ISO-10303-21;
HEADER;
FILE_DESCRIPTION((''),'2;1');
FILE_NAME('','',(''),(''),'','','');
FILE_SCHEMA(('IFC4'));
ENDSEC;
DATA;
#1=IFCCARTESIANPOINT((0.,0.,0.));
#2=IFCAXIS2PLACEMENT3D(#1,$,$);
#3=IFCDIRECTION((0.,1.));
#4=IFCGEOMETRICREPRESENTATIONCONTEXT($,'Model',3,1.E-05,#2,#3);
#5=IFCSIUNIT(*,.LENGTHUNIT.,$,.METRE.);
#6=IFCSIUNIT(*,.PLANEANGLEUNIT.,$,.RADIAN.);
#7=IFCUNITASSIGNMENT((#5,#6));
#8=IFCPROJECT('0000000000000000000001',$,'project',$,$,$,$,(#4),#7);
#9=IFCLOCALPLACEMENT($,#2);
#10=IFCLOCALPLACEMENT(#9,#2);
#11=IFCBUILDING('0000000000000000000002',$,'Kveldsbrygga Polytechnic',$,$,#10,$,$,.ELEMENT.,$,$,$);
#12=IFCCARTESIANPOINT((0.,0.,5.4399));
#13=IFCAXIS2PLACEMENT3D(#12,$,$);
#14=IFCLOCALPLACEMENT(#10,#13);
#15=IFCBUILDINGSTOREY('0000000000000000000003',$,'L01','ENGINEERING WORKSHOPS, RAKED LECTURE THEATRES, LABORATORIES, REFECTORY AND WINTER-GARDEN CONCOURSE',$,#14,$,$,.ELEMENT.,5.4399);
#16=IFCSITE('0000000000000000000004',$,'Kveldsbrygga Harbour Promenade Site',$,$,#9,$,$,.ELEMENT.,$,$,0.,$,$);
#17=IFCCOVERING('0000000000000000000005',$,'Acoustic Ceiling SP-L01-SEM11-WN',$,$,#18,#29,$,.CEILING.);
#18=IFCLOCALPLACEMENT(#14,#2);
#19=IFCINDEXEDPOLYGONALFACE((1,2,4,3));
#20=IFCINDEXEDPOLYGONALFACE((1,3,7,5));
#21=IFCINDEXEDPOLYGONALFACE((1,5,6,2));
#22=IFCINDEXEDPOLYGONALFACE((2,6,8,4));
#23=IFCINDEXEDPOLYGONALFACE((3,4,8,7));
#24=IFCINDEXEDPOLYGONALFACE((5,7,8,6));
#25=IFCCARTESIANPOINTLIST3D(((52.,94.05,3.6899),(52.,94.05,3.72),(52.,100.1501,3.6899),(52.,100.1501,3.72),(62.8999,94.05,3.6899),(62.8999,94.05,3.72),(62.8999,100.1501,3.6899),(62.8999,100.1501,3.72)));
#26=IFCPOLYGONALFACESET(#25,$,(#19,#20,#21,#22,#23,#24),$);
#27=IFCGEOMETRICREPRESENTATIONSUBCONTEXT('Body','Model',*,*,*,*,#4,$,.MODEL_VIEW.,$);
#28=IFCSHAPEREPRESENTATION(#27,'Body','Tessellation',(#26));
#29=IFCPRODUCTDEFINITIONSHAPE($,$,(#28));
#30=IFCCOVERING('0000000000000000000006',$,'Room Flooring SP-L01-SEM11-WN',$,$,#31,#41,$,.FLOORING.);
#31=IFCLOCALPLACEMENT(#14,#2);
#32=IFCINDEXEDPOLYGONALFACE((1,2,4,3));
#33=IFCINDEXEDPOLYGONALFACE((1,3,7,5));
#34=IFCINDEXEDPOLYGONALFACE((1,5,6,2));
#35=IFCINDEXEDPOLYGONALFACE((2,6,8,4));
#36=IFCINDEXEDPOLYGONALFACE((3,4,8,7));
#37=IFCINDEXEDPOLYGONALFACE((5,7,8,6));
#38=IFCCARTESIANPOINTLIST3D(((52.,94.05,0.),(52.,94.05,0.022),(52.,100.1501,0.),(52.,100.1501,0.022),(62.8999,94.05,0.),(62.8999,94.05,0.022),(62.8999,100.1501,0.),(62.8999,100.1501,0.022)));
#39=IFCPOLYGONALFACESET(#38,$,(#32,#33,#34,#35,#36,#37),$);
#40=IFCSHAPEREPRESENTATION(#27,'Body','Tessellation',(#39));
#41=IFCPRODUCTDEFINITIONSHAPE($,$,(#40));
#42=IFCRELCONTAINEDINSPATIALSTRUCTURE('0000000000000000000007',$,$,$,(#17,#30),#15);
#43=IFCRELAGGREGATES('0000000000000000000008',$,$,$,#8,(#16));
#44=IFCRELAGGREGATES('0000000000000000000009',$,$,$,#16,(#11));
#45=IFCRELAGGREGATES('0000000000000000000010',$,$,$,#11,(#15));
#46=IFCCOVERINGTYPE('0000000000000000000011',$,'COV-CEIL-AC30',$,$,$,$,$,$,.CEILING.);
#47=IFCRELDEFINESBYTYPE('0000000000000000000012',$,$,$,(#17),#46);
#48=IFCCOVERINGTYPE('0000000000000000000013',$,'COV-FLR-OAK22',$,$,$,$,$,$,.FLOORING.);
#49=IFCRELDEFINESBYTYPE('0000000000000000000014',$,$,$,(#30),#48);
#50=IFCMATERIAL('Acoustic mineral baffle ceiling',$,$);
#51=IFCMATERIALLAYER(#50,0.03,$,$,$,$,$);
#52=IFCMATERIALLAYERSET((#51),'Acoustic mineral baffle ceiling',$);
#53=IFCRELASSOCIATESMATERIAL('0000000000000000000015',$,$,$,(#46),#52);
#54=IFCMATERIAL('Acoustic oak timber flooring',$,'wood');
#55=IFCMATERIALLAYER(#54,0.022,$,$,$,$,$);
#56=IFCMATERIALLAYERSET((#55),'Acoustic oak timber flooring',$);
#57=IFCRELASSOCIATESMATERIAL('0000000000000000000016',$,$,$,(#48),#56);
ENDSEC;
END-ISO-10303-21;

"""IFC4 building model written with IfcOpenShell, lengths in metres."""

from ifc_helpers import new_model, si_unit, direction, frame, origin, origin_2d, place, context, subcontext, project, spatial, rectangle, extrude, material, layer, layer_set, type_object, element, save


model = new_model("IFC4")

# Units and contexts
model_context = context("Model", 3, precision=1e-05, world=origin(), true_north=direction((0.0, 1.0)))
body_context = subcontext(model_context, "Body", "Model", "MODEL_VIEW")
ifc_project = project(units=[si_unit("LENGTHUNIT", "METRE"), si_unit("PLANEANGLEUNIT", "RADIAN")], contexts=[model_context])

# Site, building, storey
site_placement = place(None, origin())
site = spatial("IfcSite", under=ifc_project, at=site_placement, Name="Kveldsbrygga Harbour Promenade Site", CompositionType="ELEMENT", RefElevation=0.0)
building_placement = place(site_placement, origin())
building = spatial("IfcBuilding", under=site, at=building_placement, Name="Kveldsbrygga Polytechnic", CompositionType="ELEMENT")
storey_placement = place(building_placement, frame((0.0, 0.0, 5.4399)))
storey = spatial("IfcBuildingStorey", under=building, at=storey_placement, Name="L01", Description="ENGINEERING WORKSHOPS, RAKED LECTURE THEATRES, LABORATORIES, REFECTORY AND WINTER-GARDEN CONCOURSE", CompositionType="ELEMENT", Elevation=5.4399)

# Coverings
ifc_material_1 = material(Name="Acoustic mineral baffle ceiling")
ifc_layer_1 = layer(ifc_material_1, 0.03)
ifc_layer_set_1 = layer_set([ifc_layer_1], Name="Acoustic mineral baffle ceiling")
covering_type_1 = type_object("IfcCoveringType", Name="COV-CEIL-AC30", PredefinedType="CEILING", material=ifc_layer_set_1)
covering_1_placement = place(storey_placement, frame((57.45, 97.1001, 3.6899), z_axis=(0.0, 0.0, 1.0), x_axis=(1.0, 0.0, 0.0)))
element("IfcCovering", 1, at=covering_1_placement, inside=storey, type_object=covering_type_1, Name="Acoustic Ceiling SP-L01-SEM11-WN", PredefinedType="CEILING", context=body_context, shape_type="SweptSolid", body=[
    extrude(rectangle(XDim=10.8999, YDim=6.1001, at=origin_2d()), origin(), (0.0, 0.0, 1.0), 0.03),
])
ifc_material_2 = material(Name="Acoustic oak timber flooring", Category="wood")
ifc_layer_2 = layer(ifc_material_2, 0.022)
ifc_layer_set_2 = layer_set([ifc_layer_2], Name="Acoustic oak timber flooring")
covering_type_2 = type_object("IfcCoveringType", Name="COV-FLR-OAK22", PredefinedType="FLOORING", material=ifc_layer_set_2)
covering_2_placement = place(storey_placement, frame((57.45, 97.1001, 0.0), z_axis=(0.0, 0.0, 1.0), x_axis=(1.0, 0.0, 0.0)))
element("IfcCovering", 2, at=covering_2_placement, inside=storey, type_object=covering_type_2, Name="Room Flooring SP-L01-SEM11-WN", PredefinedType="FLOORING", context=body_context, shape_type="SweptSolid", body=[
    extrude(rectangle(XDim=10.8999, YDim=6.1001, at=origin_2d()), origin(), (0.0, 0.0, 1.0), 0.022),
])

save(model, "model.ifc")
